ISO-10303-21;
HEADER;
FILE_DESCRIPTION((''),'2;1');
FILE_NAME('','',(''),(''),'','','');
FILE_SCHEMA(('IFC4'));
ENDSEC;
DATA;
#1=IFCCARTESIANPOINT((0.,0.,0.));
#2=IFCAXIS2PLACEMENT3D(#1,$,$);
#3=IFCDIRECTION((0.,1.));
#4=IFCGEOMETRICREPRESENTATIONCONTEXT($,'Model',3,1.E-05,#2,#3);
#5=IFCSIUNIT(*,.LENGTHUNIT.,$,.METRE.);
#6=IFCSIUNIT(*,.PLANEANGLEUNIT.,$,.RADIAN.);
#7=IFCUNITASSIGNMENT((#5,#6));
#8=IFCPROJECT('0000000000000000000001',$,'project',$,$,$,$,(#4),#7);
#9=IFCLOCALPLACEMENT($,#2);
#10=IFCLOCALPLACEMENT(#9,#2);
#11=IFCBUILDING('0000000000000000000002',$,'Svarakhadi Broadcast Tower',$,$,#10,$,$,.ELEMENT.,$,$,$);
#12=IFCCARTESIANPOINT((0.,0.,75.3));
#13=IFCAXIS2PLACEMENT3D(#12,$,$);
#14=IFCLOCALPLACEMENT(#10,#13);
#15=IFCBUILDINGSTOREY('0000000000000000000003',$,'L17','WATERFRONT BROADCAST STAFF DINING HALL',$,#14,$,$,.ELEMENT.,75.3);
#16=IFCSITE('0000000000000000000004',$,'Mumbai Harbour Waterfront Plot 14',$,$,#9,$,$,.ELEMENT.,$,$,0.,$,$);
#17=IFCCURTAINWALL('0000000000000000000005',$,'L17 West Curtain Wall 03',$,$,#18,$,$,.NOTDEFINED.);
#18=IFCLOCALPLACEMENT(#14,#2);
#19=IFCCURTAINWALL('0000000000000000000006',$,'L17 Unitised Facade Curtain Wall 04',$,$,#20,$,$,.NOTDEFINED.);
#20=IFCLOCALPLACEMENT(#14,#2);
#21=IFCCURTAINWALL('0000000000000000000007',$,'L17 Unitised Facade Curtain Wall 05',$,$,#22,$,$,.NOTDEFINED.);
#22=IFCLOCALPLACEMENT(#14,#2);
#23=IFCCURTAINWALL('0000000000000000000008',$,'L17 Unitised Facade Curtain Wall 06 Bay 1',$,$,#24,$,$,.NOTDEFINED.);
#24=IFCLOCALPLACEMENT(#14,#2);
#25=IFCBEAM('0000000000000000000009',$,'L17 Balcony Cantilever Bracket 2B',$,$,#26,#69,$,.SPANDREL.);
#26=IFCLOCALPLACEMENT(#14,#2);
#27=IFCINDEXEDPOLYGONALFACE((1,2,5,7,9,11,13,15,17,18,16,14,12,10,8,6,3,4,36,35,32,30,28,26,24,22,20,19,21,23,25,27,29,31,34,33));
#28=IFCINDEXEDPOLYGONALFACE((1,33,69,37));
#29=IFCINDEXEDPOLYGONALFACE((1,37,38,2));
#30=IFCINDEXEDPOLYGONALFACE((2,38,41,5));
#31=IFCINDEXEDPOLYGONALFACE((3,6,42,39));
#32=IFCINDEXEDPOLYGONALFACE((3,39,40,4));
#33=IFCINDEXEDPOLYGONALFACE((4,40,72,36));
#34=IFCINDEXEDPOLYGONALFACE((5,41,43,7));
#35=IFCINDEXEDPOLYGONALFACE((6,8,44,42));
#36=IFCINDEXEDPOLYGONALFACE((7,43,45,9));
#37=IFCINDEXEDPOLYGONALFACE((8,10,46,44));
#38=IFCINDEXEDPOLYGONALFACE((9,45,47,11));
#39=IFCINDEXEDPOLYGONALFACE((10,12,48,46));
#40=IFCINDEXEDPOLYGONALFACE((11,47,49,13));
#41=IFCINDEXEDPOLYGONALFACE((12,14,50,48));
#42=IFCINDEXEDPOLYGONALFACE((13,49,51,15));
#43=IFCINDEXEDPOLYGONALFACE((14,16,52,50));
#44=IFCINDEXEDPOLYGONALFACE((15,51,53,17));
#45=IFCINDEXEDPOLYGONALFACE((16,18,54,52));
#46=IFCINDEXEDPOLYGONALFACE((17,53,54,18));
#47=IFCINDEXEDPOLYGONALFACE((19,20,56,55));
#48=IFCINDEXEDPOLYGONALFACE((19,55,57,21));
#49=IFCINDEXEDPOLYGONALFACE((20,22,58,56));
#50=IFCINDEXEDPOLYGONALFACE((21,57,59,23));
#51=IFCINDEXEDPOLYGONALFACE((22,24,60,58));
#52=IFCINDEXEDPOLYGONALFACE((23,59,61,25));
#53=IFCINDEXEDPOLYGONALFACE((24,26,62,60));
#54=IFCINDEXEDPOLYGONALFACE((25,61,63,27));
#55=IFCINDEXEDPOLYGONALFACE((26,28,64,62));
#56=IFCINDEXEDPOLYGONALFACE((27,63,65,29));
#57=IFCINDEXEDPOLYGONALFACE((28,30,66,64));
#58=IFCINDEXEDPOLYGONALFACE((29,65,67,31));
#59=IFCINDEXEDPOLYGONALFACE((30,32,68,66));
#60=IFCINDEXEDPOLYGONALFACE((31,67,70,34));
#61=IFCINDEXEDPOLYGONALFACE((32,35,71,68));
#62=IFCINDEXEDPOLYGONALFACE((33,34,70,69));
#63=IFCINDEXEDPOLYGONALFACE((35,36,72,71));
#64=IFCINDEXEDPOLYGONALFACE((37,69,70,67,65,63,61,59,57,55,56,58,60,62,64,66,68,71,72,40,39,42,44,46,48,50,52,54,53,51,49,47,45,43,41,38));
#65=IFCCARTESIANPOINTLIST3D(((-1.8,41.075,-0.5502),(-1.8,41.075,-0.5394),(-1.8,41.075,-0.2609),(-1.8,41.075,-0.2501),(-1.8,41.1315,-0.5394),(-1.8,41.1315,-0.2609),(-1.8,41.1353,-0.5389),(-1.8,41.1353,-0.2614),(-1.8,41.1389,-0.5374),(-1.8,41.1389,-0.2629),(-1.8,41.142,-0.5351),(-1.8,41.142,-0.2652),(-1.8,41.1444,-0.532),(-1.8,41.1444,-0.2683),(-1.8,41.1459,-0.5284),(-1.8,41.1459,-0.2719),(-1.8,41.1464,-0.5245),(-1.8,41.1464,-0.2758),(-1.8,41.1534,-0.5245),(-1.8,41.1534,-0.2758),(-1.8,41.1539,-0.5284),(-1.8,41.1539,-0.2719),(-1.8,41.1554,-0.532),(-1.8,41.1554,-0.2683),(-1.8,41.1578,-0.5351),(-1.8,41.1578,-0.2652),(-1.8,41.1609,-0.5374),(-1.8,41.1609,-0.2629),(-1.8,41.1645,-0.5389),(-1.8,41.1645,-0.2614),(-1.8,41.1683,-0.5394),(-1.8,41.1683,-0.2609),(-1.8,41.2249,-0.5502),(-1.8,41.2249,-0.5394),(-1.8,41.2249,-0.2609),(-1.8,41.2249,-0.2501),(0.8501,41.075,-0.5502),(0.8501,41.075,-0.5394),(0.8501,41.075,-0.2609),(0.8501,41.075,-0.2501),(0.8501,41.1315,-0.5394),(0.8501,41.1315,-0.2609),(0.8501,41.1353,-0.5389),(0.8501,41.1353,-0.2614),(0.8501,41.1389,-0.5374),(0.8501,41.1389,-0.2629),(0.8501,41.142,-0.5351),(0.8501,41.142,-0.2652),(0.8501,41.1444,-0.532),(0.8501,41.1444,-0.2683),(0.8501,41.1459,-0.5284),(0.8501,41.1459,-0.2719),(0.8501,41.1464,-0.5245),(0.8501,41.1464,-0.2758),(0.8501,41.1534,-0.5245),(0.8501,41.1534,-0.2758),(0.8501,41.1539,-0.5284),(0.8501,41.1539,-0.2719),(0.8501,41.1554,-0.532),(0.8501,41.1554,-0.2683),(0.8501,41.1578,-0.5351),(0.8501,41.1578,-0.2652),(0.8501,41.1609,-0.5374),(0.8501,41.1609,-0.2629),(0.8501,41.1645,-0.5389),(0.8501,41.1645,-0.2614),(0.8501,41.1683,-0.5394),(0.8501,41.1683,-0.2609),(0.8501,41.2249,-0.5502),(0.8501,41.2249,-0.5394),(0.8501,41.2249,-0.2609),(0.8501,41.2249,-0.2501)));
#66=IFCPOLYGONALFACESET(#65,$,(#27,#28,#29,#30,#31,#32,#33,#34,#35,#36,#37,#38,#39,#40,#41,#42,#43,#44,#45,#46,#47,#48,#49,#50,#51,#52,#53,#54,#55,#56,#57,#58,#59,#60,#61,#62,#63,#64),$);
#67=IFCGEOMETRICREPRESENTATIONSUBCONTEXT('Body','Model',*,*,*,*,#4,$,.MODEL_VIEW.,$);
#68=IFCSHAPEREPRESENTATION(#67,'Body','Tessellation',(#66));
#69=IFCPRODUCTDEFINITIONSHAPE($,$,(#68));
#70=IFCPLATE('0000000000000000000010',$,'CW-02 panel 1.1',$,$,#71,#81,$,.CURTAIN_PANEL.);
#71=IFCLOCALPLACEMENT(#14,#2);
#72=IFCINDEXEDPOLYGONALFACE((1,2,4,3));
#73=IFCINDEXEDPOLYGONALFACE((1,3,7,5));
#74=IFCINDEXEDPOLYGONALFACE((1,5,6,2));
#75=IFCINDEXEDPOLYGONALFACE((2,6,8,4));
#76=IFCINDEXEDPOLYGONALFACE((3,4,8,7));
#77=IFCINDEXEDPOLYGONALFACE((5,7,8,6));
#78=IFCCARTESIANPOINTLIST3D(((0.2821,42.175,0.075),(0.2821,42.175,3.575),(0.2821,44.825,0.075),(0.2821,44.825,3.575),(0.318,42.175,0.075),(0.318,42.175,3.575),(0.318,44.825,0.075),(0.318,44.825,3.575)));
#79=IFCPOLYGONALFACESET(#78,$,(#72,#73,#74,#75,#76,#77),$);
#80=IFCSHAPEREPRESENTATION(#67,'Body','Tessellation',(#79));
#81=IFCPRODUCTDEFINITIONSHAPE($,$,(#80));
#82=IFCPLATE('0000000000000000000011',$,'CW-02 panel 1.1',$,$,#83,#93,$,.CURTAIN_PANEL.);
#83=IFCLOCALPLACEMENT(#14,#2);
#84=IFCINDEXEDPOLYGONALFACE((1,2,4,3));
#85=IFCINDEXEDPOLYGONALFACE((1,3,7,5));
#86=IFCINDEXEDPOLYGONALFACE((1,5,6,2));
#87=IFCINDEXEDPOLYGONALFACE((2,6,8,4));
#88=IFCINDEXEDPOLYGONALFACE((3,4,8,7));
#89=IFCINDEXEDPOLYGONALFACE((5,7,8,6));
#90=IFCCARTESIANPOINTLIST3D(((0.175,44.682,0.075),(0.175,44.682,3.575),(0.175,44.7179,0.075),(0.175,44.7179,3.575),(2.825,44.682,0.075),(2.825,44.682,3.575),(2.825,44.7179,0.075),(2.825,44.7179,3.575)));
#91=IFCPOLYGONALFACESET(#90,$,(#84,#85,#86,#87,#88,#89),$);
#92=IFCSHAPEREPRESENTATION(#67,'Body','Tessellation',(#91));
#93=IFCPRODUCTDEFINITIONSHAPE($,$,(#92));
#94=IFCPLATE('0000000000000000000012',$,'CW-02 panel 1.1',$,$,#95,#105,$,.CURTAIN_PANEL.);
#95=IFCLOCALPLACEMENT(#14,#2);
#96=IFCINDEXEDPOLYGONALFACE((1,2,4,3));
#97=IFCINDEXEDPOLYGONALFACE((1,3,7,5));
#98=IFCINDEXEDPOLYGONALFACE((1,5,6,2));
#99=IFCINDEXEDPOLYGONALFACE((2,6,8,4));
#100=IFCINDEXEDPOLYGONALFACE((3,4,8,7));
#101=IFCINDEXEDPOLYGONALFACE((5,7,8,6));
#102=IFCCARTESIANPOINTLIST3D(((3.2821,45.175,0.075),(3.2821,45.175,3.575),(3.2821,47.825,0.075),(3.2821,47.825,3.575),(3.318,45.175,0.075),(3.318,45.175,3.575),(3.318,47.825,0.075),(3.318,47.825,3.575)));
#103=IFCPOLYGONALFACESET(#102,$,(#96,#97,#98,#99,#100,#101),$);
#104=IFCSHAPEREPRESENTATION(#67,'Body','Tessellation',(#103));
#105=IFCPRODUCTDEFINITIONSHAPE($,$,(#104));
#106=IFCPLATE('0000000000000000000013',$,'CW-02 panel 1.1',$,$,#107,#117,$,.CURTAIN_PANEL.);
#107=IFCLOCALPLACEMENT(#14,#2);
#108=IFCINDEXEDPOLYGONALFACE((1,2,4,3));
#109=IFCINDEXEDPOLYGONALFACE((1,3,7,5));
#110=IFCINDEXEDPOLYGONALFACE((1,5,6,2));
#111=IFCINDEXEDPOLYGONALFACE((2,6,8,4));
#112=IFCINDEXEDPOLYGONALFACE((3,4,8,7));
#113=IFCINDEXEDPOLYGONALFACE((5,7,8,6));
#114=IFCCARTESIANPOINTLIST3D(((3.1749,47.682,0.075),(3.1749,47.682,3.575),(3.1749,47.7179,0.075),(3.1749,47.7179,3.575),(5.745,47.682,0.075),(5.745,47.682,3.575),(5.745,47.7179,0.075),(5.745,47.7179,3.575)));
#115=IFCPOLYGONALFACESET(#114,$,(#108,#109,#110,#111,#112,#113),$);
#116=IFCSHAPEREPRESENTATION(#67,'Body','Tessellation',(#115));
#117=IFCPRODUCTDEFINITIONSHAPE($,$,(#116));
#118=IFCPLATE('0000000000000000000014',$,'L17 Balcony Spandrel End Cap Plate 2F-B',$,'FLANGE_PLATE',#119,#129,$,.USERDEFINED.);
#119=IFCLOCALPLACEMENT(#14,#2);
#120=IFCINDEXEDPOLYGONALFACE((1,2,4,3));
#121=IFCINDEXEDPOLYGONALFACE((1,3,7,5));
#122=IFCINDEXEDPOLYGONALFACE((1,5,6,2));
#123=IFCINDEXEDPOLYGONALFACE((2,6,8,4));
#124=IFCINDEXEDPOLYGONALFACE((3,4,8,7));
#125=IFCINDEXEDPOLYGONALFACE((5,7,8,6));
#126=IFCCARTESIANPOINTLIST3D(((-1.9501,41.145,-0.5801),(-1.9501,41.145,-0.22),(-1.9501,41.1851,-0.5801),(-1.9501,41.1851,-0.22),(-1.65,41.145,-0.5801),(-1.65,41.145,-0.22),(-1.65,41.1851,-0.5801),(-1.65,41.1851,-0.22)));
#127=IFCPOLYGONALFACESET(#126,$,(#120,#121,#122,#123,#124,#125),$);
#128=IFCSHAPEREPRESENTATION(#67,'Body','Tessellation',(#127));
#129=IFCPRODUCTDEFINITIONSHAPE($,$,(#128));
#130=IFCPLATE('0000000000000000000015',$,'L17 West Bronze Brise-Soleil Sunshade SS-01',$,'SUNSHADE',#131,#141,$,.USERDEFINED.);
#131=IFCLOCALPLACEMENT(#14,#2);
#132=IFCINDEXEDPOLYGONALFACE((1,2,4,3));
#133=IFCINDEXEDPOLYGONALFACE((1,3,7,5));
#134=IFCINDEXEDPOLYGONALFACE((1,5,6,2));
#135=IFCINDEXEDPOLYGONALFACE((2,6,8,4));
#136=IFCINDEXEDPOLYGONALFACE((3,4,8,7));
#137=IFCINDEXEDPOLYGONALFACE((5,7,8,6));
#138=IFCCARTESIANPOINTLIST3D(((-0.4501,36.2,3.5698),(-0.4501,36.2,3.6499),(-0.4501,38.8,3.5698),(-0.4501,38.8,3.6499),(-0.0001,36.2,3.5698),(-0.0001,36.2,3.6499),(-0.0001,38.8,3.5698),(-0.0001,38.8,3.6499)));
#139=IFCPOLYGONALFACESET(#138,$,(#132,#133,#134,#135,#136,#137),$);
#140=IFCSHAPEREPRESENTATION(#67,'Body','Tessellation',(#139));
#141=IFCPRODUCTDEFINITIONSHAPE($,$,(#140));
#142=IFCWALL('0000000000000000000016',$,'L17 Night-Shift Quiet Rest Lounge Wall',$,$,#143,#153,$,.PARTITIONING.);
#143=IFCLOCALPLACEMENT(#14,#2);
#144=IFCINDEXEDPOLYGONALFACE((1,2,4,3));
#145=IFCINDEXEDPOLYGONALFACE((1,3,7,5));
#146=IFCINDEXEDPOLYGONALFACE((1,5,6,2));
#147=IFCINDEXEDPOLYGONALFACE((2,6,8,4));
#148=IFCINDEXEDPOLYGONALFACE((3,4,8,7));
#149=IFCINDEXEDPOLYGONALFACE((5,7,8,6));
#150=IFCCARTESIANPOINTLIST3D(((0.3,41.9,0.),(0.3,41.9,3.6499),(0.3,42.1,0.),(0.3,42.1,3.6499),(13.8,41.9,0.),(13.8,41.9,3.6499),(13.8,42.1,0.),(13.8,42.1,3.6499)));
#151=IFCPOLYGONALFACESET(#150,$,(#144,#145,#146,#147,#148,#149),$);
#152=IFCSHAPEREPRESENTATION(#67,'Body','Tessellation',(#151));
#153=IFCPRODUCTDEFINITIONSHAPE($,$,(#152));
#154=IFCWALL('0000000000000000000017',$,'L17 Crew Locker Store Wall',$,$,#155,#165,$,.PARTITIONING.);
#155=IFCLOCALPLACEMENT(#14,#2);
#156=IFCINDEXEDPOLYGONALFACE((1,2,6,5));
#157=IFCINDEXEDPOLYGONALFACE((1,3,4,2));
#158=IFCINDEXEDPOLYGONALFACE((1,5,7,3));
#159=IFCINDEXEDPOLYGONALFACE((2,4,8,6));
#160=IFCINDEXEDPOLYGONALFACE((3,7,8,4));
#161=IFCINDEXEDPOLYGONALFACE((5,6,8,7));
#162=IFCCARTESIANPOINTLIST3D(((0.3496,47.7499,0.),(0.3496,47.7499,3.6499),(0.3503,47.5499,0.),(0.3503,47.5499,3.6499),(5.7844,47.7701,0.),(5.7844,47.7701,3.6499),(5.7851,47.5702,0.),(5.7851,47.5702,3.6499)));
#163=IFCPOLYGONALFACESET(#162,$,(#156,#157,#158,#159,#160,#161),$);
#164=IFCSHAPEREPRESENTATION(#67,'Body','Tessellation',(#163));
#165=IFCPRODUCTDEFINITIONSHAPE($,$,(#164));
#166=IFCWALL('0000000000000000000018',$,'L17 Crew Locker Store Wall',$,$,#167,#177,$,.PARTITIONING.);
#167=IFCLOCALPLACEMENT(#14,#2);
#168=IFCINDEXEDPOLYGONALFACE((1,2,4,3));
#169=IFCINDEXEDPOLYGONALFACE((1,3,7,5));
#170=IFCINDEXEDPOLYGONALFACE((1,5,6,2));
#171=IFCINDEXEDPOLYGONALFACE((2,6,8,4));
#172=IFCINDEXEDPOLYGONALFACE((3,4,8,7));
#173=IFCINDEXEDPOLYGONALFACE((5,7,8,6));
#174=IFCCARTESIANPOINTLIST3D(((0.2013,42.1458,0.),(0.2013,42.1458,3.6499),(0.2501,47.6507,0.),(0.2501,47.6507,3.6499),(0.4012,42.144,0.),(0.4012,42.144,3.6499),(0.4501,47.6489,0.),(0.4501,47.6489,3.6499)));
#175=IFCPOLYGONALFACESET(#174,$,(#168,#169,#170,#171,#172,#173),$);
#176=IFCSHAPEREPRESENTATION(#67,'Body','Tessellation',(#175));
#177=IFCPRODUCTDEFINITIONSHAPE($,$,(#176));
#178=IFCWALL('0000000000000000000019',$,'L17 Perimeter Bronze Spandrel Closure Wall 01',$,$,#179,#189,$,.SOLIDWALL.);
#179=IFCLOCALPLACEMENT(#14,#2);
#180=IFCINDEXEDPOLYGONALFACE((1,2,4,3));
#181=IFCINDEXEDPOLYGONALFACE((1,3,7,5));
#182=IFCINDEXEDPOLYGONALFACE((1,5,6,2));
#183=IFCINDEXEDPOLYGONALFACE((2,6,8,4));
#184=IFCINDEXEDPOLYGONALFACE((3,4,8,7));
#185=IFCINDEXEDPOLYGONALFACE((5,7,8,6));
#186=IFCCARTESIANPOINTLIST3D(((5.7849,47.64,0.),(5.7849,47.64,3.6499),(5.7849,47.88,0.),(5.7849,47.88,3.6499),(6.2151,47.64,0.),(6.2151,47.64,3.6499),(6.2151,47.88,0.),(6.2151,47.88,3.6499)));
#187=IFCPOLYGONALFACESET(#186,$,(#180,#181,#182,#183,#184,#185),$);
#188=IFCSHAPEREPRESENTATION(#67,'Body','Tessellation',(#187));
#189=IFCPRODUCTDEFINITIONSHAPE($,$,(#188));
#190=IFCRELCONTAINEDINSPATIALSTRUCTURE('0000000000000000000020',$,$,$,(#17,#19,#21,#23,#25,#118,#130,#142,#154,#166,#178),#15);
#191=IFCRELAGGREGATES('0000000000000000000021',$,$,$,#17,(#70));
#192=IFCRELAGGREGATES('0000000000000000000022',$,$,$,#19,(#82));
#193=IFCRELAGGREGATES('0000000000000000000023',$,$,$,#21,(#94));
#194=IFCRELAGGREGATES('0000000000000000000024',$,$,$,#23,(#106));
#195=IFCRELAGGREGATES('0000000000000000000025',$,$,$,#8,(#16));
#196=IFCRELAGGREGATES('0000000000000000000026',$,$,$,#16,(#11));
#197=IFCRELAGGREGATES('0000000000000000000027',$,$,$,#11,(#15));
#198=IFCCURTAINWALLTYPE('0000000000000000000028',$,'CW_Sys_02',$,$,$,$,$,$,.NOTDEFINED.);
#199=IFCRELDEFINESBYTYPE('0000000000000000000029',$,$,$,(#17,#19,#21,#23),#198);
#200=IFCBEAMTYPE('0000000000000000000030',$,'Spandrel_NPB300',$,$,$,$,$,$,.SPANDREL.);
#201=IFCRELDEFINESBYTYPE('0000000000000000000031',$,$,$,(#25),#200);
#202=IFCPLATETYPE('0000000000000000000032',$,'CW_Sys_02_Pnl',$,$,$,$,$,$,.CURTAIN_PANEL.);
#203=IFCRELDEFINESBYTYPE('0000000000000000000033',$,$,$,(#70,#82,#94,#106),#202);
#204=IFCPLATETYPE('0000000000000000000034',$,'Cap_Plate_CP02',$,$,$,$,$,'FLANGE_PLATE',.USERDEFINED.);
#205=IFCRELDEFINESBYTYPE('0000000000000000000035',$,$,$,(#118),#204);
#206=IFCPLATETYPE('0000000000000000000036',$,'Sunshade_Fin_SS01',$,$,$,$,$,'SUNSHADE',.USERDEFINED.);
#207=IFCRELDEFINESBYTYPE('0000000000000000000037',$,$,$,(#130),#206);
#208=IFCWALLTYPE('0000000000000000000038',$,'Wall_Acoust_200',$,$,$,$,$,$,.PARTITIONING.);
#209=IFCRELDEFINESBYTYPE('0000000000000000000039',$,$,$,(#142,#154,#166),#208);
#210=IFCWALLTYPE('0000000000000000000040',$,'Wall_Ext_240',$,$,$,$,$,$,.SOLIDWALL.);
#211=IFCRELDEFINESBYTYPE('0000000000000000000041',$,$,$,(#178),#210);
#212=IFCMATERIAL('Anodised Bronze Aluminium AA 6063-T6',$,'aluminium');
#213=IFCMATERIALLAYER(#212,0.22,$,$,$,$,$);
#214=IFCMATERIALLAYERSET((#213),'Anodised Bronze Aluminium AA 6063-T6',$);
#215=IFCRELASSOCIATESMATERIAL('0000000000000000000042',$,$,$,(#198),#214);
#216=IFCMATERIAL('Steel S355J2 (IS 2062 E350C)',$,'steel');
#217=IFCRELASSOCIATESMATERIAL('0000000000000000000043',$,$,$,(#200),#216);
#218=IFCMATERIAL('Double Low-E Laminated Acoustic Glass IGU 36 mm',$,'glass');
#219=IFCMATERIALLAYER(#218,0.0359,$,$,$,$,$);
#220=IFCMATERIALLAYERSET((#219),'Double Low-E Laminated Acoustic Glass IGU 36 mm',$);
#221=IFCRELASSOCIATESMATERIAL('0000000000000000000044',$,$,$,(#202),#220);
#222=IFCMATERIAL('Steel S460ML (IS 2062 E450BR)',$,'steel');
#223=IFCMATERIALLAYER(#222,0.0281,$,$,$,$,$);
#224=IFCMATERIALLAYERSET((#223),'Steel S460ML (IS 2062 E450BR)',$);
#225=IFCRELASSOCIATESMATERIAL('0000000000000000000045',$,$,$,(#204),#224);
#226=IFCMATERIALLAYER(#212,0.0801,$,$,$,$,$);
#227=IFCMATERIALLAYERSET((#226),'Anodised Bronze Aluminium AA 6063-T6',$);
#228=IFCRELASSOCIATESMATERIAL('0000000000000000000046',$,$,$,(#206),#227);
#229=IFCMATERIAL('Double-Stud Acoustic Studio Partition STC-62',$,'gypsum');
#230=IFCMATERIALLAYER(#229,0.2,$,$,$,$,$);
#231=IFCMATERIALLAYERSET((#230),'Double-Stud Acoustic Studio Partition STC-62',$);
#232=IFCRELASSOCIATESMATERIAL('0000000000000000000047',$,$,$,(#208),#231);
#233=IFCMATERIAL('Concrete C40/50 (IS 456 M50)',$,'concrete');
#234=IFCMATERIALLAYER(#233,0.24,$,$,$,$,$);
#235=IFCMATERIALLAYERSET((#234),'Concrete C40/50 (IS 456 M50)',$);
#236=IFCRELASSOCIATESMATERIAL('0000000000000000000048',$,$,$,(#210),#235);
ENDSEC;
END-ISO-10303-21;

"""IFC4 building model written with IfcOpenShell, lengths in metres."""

from ifc_helpers import new_model, si_unit, direction, frame, frame_2d, origin, origin_2d, place, context, subcontext, project, spatial, rectangle, i_section, extrude, material, layer, layer_set, material_profile, profile_set, type_object, element, aggregate, save


model = new_model("IFC4")

# Units and contexts
model_context = context("Model", 3, precision=1e-05, world=origin(), true_north=direction((0.0, 1.0)))
body_context = subcontext(model_context, "Body", "Model", "MODEL_VIEW")
ifc_project = project(units=[si_unit("LENGTHUNIT", "METRE"), si_unit("PLANEANGLEUNIT", "RADIAN")], contexts=[model_context])

# Site, building, storey
site_placement = place(None, origin())
site = spatial("IfcSite", under=ifc_project, at=site_placement, Name="Mumbai Harbour Waterfront Plot 14", CompositionType="ELEMENT", RefElevation=0.0)
building_placement = place(site_placement, origin())
building = spatial("IfcBuilding", under=site, at=building_placement, Name="Svarakhadi Broadcast Tower", CompositionType="ELEMENT")
storey_placement = place(building_placement, frame((0.0, 0.0, 75.3)))
storey = spatial("IfcBuildingStorey", under=building, at=storey_placement, Name="L17", Description="WATERFRONT BROADCAST STAFF DINING HALL", CompositionType="ELEMENT", Elevation=75.3)

# Shared definitions
ifc_material_1 = material(Name="Steel S460ML (IS 2062 E450BR)", Category="steel")

# Shared definitions
ifc_material_2 = material(Name="Steel S355J2 (IS 2062 E350C)", Category="steel")

# Curtain walls
ifc_material_3 = material(Name="Anodised Bronze Aluminium AA 6063-T6", Category="aluminium")
ifc_layer_1 = layer(ifc_material_3, 0.22)
ifc_layer_set_1 = layer_set([ifc_layer_1], Name="Anodised Bronze Aluminium AA 6063-T6")
curtain_wall_type = type_object("IfcCurtainWallType", Name="CW_Sys_02", PredefinedType="NOTDEFINED", material=ifc_layer_set_1)
curtain_wall_1_placement = place(storey_placement, origin())
curtain_wall_1 = element("IfcCurtainWall", 1, at=curtain_wall_1_placement, inside=storey, type_object=curtain_wall_type, Name="L17 West Curtain Wall 03", PredefinedType="NOTDEFINED")
curtain_wall_2_placement = place(storey_placement, origin())
curtain_wall_2 = element("IfcCurtainWall", 2, at=curtain_wall_2_placement, inside=storey, type_object=curtain_wall_type, Name="L17 Unitised Facade Curtain Wall 04", PredefinedType="NOTDEFINED")
curtain_wall_3_placement = place(storey_placement, origin())
curtain_wall_3 = element("IfcCurtainWall", 3, at=curtain_wall_3_placement, inside=storey, type_object=curtain_wall_type, Name="L17 Unitised Facade Curtain Wall 05", PredefinedType="NOTDEFINED")
curtain_wall_4_placement = place(storey_placement, origin())
curtain_wall_4 = element("IfcCurtainWall", 4, at=curtain_wall_4_placement, inside=storey, type_object=curtain_wall_type, Name="L17 Unitised Facade Curtain Wall 06 Bay 1", PredefinedType="NOTDEFINED")

# Beam
ifc_material_profile_1 = material_profile(ifc_material_2, i_section(OverallWidth=0.1499, OverallDepth=0.3, WebThickness=0.0071, FlangeThickness=0.0107, FilletRadius=0.0149, at=origin_2d()), Name="NPB 300x150x37")
ifc_profile_set_1 = profile_set([ifc_material_profile_1], Name="Steel S355J2 (IS 2062 E350C)")
beam_type_1 = type_object("IfcBeamType", Name="Spandrel_NPB300", PredefinedType="SPANDREL", material=ifc_profile_set_1)
beam_1_placement = place(storey_placement, frame((0.8501, 41.1499, -0.4001), z_axis=(-1.0, 0.0, 0.0), x_axis=(0.0, -1.0, 0.0)))
element("IfcBeam", 5, at=beam_1_placement, inside=storey, type_object=beam_type_1, Name="L17 Balcony Cantilever Bracket 2B", PredefinedType="SPANDREL", context=body_context, shape_type="SweptSolid", body=[
    extrude(i_section(OverallWidth=0.1499, OverallDepth=0.3, WebThickness=0.0071, FlangeThickness=0.0107, FilletRadius=0.0149, at=origin_2d()), origin(), (0.0, 0.0, 1.0), 2.6501),
])

# Plates
ifc_material_4 = material(Name="Double Low-E Laminated Acoustic Glass IGU 36 mm", Category="glass")
ifc_layer_2 = layer(ifc_material_4, 0.0359)
ifc_layer_set_2 = layer_set([ifc_layer_2], Name="Double Low-E Laminated Acoustic Glass IGU 36 mm")
plate_type_1 = type_object("IfcPlateType", Name="CW_Sys_02_Pnl", PredefinedType="CURTAIN_PANEL", material=ifc_layer_set_2)
plate_1_placement = place(storey_placement, frame((0.3, 43.5, 0.075), z_axis=(0.0, 0.0, 1.0), x_axis=(0.0, 1.0, 0.0)))
plate_1 = element("IfcPlate", 6, at=plate_1_placement, type_object=plate_type_1, Name="CW-02 panel 1.1", PredefinedType="CURTAIN_PANEL", context=body_context, shape_type="SweptSolid", body=[
    extrude(rectangle(XDim=2.6499, YDim=0.0359, at=origin_2d()), origin(), (0.0, 0.0, 1.0), 3.5),
])
aggregate(curtain_wall_1, [plate_1])
plate_2_placement = place(storey_placement, frame((1.5, 44.7, 0.075), z_axis=(0.0, 0.0, 1.0), x_axis=(1.0, 0.0, 0.0)))
plate_2 = element("IfcPlate", 7, at=plate_2_placement, type_object=plate_type_1, Name="CW-02 panel 1.1", PredefinedType="CURTAIN_PANEL", context=body_context, shape_type="SweptSolid", body=[
    extrude(rectangle(XDim=2.6499, YDim=0.0359, at=origin_2d()), origin(), (0.0, 0.0, 1.0), 3.5),
])
aggregate(curtain_wall_2, [plate_2])
plate_3_placement = place(storey_placement, frame((3.3, 46.5, 0.075), z_axis=(0.0, 0.0, 1.0), x_axis=(0.0, 1.0, 0.0)))
plate_3 = element("IfcPlate", 8, at=plate_3_placement, type_object=plate_type_1, Name="CW-02 panel 1.1", PredefinedType="CURTAIN_PANEL", context=body_context, shape_type="SweptSolid", body=[
    extrude(rectangle(XDim=2.6499, YDim=0.0359, at=origin_2d()), origin(), (0.0, 0.0, 1.0), 3.5),
])
aggregate(curtain_wall_3, [plate_3])
plate_4_placement = place(storey_placement, frame((4.46, 47.7, 0.075), z_axis=(0.0, 0.0, 1.0), x_axis=(1.0, 0.0, 0.0)))
plate_4 = element("IfcPlate", 9, at=plate_4_placement, type_object=plate_type_1, Name="CW-02 panel 1.1", PredefinedType="CURTAIN_PANEL", context=body_context, shape_type="SweptSolid", body=[
    extrude(rectangle(XDim=2.5701, YDim=0.0359, at=origin_2d()), origin(), (0.0, 0.0, 1.0), 3.5),
])
aggregate(curtain_wall_4, [plate_4])

# Plates
ifc_layer_3 = layer(ifc_material_1, 0.0281)
ifc_layer_set_3 = layer_set([ifc_layer_3], Name="Steel S460ML (IS 2062 E450BR)")
plate_type_2 = type_object("IfcPlateType", Name="Cap_Plate_CP02", ElementType="FLANGE_PLATE", PredefinedType="USERDEFINED", material=ifc_layer_set_3)
plate_5_placement = place(storey_placement, frame((-1.8, 41.165, -0.5801), z_axis=(0.0, 0.0, 1.0), x_axis=(1.0, 0.0, 0.0)))
element("IfcPlate", 10, at=plate_5_placement, inside=storey, type_object=plate_type_2, Name="L17 Balcony Spandrel End Cap Plate 2F-B", ObjectType="FLANGE_PLATE", PredefinedType="USERDEFINED", context=body_context, shape_type="SweptSolid", body=[
    extrude(rectangle(XDim=0.3, YDim=0.04, at=origin_2d()), origin(), (0.0, 0.0, 1.0), 0.3601),
])
ifc_layer_4 = layer(ifc_material_3, 0.0801)
ifc_layer_set_4 = layer_set([ifc_layer_4], Name="Anodised Bronze Aluminium AA 6063-T6")
plate_type_3 = type_object("IfcPlateType", Name="Sunshade_Fin_SS01", ElementType="SUNSHADE", PredefinedType="USERDEFINED", material=ifc_layer_set_4)
plate_6_placement = place(storey_placement, frame((-0.2251, 37.5, 3.5698), z_axis=(0.0, 0.0, 1.0), x_axis=(0.0, 1.0, 0.0)))
element("IfcPlate", 11, at=plate_6_placement, inside=storey, type_object=plate_type_3, Name="L17 West Bronze Brise-Soleil Sunshade SS-01", ObjectType="SUNSHADE", PredefinedType="USERDEFINED", context=body_context, shape_type="SweptSolid", body=[
    extrude(rectangle(XDim=2.6001, YDim=0.45, at=origin_2d()), origin(), (0.0, 0.0, 1.0), 0.0801),
])

# Walls
ifc_material_5 = material(Name="Double-Stud Acoustic Studio Partition STC-62", Category="gypsum")
ifc_layer_5 = layer(ifc_material_5, 0.2)
ifc_layer_set_5 = layer_set([ifc_layer_5], Name="Double-Stud Acoustic Studio Partition STC-62")
wall_type_1 = type_object("IfcWallType", Name="Wall_Acoust_200", PredefinedType="PARTITIONING", material=ifc_layer_set_5)
wall_1_placement = place(storey_placement, frame((0.3, 42.0, 0.0), z_axis=(0.0, 0.0, 1.0), x_axis=(1.0, 0.0, 0.0)))
element("IfcWall", 12, at=wall_1_placement, inside=storey, type_object=wall_type_1, Name="L17 Night-Shift Quiet Rest Lounge Wall", PredefinedType="PARTITIONING", context=body_context, shape_type="SweptSolid", body=[
    extrude(rectangle(XDim=13.5, YDim=0.2, at=frame_2d((6.75, 0.0))), origin(), (0.0, 0.0, 1.0), 3.6499),
])
wall_2_placement = place(storey_placement, frame((0.3501, 47.6499, 0.0), z_axis=(0.0, 0.0, 1.0), x_axis=(0.999993, 0.003728, 0.0)))
element("IfcWall", 13, at=wall_2_placement, inside=storey, type_object=wall_type_1, Name="L17 Crew Locker Store Wall", PredefinedType="PARTITIONING", context=body_context, shape_type="SweptSolid", body=[
    extrude(rectangle(XDim=5.4348, YDim=0.2, at=frame_2d((2.7173, 0.0))), origin(), (0.0, 0.0, 1.0), 3.6499),
])
wall_3_placement = place(storey_placement, frame((0.3013, 42.145, 0.0), z_axis=(0.0, 0.0, 1.0), x_axis=(0.00887, 0.999961, 0.0)))
element("IfcWall", 14, at=wall_3_placement, inside=storey, type_object=wall_type_1, Name="L17 Crew Locker Store Wall", PredefinedType="PARTITIONING", context=body_context, shape_type="SweptSolid", body=[
    extrude(rectangle(XDim=5.5051, YDim=0.2, at=frame_2d((2.7524, 0.0))), origin(), (0.0, 0.0, 1.0), 3.6499),
])
ifc_material_6 = material(Name="Concrete C40/50 (IS 456 M50)", Category="concrete")
ifc_layer_6 = layer(ifc_material_6, 0.24)
ifc_layer_set_6 = layer_set([ifc_layer_6], Name="Concrete C40/50 (IS 456 M50)")
wall_type_2 = type_object("IfcWallType", Name="Wall_Ext_240", PredefinedType="SOLIDWALL", material=ifc_layer_set_6)
wall_4_placement = place(storey_placement, frame((5.7849, 47.76, 0.0), z_axis=(0.0, 0.0, 1.0), x_axis=(1.0, 0.0, 0.0)))
element("IfcWall", 15, at=wall_4_placement, inside=storey, type_object=wall_type_2, Name="L17 Perimeter Bronze Spandrel Closure Wall 01", PredefinedType="SOLIDWALL", context=body_context, shape_type="SweptSolid", body=[
    extrude(rectangle(XDim=0.4302, YDim=0.24, at=frame_2d((0.2151, 0.0))), origin(), (0.0, 0.0, 1.0), 3.6499),
])

save(model, "model.ifc")
